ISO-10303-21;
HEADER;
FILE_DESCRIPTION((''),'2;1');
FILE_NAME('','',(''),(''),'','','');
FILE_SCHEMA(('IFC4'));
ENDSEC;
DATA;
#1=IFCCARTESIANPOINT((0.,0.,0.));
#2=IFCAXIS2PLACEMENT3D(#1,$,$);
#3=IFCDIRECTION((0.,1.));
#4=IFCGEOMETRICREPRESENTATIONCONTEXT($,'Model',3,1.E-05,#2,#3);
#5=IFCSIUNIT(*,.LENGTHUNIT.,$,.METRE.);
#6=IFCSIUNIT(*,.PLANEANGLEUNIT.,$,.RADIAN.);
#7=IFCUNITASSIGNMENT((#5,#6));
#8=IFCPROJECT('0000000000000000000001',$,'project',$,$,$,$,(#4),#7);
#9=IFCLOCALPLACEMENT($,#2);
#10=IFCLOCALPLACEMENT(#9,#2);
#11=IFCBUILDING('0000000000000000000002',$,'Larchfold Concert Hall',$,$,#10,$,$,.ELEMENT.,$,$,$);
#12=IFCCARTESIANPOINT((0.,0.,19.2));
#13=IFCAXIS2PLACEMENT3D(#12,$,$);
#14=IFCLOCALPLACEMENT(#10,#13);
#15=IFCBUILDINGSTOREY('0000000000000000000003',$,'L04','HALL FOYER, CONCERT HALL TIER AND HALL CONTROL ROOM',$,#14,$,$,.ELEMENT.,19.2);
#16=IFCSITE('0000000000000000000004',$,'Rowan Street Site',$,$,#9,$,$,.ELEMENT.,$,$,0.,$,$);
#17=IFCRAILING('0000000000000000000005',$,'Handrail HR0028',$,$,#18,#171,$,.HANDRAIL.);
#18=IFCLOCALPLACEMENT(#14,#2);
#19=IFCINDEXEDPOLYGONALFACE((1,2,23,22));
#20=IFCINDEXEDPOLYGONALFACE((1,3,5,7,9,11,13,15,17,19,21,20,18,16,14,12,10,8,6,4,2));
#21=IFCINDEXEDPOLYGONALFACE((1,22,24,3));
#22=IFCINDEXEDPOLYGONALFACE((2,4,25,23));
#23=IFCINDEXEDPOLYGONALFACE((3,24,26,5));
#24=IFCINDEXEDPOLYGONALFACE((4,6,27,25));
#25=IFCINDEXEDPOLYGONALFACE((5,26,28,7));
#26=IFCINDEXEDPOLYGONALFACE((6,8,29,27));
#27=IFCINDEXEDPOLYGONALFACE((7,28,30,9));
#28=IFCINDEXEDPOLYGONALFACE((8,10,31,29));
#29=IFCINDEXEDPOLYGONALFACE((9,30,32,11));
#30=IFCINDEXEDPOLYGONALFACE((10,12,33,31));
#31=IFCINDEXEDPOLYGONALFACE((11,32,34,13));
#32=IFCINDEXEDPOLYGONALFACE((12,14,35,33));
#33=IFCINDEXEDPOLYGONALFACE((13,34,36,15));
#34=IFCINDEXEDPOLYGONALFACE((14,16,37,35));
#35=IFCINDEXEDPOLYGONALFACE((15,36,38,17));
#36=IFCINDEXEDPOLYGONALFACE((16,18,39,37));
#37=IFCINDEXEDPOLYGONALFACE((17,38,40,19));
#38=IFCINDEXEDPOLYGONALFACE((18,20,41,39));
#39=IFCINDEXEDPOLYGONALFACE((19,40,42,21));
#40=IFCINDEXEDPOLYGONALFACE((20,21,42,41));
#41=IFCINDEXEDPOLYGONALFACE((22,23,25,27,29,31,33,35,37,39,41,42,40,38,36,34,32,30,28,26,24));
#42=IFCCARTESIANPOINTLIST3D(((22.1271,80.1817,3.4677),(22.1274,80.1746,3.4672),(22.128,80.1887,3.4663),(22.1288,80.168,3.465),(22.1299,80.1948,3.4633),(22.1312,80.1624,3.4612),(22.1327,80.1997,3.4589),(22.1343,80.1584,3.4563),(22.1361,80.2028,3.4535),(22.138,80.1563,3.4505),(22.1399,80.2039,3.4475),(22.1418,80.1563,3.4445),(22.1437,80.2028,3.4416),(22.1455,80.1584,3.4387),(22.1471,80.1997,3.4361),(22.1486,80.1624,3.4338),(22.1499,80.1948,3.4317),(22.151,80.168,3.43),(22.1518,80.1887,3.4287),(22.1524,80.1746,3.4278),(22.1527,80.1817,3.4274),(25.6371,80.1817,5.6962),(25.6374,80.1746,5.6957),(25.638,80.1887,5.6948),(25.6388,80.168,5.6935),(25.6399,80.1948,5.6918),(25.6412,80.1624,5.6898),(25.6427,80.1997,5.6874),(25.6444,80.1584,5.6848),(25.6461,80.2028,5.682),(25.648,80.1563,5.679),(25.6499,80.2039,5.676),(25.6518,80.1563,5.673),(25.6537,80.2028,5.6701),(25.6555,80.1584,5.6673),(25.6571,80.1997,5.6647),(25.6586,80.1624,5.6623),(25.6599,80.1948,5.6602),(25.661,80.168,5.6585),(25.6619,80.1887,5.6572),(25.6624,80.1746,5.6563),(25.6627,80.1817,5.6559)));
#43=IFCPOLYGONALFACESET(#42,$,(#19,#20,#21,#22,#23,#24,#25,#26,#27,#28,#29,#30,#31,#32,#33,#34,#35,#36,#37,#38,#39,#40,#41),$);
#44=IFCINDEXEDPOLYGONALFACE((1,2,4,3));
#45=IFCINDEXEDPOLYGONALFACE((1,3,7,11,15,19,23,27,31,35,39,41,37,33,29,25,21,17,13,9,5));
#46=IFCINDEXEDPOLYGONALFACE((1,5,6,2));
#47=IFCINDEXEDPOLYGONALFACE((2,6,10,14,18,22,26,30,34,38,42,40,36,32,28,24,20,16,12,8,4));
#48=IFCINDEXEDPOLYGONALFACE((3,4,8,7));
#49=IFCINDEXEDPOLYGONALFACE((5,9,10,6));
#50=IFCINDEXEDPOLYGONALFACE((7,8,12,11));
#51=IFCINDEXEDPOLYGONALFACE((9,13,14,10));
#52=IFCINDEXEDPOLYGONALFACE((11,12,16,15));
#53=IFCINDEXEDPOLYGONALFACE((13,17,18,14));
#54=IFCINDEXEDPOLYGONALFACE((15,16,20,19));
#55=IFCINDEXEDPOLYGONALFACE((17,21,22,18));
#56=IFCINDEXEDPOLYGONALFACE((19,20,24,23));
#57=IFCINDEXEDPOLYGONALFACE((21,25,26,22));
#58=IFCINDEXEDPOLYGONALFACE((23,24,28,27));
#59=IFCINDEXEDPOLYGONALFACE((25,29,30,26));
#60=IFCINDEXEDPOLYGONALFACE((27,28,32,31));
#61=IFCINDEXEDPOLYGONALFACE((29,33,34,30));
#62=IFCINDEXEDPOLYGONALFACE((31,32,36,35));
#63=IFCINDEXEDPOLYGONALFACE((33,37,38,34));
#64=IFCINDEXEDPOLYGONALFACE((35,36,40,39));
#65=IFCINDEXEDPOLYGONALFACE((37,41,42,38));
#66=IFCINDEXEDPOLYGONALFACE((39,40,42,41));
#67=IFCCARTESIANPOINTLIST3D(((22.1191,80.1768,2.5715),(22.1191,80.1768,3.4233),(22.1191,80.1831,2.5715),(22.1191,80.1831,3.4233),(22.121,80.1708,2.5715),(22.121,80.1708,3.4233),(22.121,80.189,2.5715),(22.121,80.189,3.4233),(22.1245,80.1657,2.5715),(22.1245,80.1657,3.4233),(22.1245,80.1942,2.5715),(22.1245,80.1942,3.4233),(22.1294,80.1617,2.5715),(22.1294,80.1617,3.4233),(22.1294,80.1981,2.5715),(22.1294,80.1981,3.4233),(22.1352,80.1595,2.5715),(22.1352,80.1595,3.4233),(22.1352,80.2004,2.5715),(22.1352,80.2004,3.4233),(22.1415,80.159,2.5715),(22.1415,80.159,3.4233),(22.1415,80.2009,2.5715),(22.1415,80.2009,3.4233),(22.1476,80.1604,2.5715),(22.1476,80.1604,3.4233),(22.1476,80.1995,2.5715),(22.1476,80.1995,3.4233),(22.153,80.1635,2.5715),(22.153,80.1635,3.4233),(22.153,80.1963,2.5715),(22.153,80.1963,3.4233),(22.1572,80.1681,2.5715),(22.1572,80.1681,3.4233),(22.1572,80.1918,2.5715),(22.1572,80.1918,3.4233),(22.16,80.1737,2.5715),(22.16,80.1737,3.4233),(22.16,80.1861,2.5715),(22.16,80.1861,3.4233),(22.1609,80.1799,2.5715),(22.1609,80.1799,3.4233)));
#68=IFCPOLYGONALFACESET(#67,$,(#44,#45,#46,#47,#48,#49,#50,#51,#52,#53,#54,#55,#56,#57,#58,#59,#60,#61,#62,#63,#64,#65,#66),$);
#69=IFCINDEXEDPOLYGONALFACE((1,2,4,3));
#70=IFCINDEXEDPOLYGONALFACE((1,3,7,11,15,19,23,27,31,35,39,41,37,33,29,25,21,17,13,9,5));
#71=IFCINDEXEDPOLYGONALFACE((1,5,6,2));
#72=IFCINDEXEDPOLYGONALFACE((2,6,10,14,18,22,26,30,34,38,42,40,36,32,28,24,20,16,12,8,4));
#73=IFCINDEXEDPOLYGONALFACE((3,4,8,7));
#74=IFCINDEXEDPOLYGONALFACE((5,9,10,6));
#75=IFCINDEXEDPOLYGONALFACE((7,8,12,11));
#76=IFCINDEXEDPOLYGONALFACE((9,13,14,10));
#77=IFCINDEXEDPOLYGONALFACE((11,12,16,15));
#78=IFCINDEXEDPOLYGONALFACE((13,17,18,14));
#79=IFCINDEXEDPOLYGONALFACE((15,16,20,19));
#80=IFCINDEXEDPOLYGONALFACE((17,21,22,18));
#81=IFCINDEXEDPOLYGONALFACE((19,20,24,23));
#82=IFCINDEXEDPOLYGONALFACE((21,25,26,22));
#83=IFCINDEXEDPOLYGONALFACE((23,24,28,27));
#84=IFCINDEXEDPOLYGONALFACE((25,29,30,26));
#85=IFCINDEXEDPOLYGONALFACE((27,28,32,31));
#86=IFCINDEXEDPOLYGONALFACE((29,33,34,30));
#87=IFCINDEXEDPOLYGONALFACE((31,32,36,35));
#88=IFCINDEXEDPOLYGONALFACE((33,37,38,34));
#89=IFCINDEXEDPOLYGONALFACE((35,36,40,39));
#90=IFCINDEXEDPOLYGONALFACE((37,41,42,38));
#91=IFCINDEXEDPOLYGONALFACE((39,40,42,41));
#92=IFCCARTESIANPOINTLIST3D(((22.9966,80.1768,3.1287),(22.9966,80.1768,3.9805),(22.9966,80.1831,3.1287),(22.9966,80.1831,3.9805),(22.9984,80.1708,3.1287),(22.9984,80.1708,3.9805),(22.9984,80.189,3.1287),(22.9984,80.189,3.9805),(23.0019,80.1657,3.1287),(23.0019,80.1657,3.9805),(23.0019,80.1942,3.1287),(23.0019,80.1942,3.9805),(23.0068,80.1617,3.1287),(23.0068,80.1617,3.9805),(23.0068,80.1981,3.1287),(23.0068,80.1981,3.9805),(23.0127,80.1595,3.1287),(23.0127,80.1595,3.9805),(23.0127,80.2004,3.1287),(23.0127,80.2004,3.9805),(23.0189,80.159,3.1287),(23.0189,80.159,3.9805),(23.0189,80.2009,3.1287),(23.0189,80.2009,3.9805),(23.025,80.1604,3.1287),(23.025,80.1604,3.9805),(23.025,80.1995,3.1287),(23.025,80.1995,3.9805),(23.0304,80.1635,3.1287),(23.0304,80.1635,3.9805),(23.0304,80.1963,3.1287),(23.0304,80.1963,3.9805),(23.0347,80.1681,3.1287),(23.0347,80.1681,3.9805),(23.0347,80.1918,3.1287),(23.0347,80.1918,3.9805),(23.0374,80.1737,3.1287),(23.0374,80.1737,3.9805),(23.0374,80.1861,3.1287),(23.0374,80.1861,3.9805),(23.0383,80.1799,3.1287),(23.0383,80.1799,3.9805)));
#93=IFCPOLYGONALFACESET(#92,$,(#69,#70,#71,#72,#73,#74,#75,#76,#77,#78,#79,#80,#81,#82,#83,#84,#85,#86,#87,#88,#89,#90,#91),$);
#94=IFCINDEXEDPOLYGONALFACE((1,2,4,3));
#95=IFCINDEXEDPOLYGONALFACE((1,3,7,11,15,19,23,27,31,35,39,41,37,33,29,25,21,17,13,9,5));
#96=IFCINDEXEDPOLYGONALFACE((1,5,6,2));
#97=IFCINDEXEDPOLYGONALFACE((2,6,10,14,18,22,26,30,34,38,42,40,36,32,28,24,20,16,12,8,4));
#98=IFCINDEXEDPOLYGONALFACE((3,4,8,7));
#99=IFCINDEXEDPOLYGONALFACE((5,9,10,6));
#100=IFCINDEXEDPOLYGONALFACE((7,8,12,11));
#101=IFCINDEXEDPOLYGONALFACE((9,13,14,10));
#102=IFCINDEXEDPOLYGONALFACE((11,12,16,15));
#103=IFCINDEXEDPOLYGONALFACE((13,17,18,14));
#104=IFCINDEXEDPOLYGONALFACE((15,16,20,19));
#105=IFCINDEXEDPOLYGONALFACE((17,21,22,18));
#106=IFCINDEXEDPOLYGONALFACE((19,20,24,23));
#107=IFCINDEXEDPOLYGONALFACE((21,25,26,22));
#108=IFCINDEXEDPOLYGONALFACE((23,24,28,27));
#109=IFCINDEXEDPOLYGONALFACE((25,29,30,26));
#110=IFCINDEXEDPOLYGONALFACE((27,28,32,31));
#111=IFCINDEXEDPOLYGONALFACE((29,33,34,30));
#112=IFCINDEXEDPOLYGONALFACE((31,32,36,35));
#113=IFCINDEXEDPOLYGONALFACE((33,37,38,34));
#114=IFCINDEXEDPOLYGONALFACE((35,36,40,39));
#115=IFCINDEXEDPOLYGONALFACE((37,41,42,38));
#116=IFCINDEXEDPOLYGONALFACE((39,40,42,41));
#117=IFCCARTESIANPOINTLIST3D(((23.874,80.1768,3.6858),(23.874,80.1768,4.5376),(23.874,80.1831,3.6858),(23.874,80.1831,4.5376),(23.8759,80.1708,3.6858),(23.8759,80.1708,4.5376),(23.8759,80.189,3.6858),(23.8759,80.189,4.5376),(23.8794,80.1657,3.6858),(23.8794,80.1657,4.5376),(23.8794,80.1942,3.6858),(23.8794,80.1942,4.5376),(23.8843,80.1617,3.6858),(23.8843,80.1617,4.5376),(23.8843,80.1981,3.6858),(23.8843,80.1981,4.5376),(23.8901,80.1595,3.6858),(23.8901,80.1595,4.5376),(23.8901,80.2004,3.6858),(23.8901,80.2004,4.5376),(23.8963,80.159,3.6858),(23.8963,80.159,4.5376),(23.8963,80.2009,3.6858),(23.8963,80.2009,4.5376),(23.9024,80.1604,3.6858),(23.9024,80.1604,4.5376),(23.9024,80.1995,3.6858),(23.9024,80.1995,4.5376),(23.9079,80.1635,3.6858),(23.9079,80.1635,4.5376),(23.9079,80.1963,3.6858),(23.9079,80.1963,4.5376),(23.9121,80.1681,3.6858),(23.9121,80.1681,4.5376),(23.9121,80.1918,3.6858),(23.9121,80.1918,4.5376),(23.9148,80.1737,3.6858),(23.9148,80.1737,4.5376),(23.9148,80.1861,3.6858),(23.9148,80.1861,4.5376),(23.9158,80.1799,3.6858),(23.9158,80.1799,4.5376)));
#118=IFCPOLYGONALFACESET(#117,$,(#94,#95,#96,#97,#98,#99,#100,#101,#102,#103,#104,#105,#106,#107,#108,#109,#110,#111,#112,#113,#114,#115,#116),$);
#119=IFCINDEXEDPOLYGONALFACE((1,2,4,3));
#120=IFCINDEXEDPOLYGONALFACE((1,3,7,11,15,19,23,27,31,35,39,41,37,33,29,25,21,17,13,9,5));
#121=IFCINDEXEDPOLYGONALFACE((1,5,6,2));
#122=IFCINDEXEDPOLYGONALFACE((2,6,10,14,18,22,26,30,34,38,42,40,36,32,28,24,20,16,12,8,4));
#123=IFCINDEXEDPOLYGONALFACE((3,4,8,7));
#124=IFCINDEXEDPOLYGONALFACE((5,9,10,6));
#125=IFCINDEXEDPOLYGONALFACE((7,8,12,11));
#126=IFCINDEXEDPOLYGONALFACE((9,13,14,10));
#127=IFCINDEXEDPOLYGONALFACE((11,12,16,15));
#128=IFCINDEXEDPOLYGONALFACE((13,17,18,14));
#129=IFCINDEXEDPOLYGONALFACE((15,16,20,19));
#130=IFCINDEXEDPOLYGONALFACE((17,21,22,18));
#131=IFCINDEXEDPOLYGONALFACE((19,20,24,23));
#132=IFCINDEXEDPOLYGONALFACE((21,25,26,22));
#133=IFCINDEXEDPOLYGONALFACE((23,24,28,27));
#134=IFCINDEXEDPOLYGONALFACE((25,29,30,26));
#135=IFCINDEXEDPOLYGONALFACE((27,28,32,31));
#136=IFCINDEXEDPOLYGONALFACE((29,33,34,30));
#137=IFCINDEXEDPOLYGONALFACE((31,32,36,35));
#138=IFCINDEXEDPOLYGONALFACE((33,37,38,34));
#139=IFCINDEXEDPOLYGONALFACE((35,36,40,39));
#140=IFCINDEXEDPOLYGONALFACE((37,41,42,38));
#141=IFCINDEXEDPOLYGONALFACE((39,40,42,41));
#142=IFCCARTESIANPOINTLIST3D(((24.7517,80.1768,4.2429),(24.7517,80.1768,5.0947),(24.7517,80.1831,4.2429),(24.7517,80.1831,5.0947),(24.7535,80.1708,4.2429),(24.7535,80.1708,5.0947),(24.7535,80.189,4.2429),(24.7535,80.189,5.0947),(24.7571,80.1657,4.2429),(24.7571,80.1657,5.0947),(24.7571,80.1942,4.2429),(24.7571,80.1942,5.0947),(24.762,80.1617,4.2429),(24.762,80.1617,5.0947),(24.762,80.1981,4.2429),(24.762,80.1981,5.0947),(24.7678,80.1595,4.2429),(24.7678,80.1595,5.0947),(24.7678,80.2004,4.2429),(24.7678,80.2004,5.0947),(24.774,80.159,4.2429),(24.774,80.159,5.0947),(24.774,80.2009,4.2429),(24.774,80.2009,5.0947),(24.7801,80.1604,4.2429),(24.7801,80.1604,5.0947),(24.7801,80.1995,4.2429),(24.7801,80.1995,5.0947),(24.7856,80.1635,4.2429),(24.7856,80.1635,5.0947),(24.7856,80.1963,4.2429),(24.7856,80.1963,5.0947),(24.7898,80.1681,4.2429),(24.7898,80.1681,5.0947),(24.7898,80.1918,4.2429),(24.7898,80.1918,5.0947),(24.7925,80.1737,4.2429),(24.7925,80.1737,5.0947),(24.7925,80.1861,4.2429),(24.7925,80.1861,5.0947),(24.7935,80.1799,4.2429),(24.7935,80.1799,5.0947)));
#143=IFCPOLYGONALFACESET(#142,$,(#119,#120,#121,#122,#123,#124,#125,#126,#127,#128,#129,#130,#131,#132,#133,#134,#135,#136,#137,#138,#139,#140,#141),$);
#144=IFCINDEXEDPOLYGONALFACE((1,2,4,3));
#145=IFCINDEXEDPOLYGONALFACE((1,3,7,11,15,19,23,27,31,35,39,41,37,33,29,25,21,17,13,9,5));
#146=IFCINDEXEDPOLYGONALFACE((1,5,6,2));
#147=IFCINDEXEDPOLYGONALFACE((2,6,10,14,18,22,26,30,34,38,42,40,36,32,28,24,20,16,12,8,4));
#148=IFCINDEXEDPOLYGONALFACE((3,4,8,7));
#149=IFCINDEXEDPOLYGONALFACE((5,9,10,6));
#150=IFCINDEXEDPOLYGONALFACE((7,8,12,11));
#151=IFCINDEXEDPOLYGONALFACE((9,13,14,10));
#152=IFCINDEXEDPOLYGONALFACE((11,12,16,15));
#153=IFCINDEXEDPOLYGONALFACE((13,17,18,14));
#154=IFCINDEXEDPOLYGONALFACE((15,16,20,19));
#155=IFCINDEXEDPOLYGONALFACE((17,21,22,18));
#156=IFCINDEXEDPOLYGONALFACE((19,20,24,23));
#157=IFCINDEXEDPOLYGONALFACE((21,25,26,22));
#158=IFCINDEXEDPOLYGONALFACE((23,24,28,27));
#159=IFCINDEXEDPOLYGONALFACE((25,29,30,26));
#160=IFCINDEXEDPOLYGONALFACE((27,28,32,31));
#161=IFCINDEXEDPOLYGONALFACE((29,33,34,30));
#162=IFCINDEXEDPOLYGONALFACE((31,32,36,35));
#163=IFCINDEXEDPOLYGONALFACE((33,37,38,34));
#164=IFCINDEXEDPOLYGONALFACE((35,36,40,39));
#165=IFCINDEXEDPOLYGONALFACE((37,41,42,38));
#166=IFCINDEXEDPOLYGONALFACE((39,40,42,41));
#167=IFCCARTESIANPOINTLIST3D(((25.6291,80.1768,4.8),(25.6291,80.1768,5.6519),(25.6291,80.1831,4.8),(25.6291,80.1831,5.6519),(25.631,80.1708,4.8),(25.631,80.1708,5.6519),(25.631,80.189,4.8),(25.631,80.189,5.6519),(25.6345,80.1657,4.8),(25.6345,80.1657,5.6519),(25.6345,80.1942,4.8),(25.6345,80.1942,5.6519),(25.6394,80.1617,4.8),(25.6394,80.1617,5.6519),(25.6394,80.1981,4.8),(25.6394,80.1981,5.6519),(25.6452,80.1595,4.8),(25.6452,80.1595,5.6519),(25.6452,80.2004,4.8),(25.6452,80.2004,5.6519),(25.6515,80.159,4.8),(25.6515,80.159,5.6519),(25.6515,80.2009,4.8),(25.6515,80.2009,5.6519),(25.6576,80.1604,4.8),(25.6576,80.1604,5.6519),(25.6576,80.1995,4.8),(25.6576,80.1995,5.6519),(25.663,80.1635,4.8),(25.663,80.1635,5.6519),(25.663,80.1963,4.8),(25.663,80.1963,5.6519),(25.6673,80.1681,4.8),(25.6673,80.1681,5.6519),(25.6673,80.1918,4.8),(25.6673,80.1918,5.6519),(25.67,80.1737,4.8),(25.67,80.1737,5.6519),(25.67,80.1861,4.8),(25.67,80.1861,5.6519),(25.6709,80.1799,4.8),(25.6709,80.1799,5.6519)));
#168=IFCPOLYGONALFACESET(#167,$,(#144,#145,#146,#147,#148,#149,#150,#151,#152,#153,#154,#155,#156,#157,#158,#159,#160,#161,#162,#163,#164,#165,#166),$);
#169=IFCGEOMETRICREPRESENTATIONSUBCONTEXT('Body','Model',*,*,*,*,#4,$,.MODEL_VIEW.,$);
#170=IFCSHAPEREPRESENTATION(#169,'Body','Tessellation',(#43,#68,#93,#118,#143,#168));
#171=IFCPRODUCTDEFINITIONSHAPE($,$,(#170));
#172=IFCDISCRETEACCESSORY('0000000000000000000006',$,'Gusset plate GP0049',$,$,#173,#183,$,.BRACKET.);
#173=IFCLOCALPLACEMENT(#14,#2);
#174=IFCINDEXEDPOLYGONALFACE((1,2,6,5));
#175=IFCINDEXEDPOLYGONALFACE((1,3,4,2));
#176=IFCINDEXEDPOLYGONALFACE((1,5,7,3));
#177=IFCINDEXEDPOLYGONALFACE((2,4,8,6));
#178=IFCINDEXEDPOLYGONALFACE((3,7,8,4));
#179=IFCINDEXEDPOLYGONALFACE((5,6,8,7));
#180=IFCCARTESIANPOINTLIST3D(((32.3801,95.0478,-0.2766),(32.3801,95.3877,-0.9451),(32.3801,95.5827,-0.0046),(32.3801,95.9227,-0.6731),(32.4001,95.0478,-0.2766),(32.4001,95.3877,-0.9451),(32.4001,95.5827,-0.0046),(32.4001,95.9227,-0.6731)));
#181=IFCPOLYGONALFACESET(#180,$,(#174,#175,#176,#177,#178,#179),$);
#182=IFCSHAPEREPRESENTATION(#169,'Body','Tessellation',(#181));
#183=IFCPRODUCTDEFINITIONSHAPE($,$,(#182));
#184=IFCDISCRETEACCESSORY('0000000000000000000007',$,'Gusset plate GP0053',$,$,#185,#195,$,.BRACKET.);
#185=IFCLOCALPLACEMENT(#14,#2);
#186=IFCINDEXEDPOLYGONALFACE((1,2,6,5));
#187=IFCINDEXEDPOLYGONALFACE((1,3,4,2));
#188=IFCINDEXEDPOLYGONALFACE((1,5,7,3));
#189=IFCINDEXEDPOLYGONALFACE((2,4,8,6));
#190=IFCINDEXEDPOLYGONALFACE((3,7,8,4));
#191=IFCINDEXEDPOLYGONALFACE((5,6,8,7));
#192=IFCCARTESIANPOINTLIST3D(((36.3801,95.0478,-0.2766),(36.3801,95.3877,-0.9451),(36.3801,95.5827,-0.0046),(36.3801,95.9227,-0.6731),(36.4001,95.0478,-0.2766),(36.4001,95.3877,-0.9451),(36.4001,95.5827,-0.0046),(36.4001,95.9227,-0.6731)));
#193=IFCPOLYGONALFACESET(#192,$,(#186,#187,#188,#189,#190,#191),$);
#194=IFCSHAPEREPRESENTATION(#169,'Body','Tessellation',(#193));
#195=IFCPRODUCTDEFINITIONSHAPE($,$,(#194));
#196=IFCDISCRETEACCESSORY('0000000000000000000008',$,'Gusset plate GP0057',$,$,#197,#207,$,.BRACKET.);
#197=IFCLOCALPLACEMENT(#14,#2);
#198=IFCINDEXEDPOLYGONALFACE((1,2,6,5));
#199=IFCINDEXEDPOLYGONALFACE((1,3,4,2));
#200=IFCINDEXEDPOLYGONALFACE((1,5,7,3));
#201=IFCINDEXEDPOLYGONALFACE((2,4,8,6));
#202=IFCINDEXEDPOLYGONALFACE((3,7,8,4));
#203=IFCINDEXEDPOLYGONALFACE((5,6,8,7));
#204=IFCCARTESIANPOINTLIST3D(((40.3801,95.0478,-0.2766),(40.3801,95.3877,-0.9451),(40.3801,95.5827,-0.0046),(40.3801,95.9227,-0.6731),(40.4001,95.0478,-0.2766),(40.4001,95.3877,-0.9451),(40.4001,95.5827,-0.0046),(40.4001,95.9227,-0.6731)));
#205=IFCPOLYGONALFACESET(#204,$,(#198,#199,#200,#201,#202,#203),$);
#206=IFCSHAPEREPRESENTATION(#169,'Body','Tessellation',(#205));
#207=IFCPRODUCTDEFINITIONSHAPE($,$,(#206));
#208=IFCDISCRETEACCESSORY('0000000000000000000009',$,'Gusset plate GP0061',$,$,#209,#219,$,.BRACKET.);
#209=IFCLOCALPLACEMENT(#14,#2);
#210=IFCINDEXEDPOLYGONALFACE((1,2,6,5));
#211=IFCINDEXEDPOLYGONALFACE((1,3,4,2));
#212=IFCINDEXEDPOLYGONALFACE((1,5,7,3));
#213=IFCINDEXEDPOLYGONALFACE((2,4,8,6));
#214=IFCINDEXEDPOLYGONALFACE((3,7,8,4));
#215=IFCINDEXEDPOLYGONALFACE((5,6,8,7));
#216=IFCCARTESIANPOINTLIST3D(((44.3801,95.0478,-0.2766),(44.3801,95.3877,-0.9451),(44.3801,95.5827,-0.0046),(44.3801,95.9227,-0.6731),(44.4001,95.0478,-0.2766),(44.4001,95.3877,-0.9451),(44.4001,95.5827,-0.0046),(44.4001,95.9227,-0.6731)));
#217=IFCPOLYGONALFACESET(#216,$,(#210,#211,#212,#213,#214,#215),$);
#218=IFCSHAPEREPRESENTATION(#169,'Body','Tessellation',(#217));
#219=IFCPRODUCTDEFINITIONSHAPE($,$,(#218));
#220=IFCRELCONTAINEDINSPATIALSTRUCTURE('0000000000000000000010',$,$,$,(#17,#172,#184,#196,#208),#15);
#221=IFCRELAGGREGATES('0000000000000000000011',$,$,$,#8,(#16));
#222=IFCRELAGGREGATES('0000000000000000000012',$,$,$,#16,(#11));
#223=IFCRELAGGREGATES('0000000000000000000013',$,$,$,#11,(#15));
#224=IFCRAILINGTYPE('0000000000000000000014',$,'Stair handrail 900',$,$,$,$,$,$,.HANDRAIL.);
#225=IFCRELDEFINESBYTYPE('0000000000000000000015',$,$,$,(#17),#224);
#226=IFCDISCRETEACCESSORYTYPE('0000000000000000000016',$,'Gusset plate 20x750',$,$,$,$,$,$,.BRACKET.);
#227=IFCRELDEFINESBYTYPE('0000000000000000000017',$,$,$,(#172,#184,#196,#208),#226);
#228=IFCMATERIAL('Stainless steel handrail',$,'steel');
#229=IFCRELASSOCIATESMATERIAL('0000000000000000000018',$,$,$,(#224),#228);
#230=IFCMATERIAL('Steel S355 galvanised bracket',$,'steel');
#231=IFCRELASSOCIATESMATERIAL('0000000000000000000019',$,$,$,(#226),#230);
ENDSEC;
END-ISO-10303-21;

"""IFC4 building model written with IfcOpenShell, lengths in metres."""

from ifc_helpers import new_model, si_unit, direction, frame, origin, origin_2d, place, context, subcontext, project, spatial, rectangle, circle, extrude, material, material_profile, profile_set, type_object, element, save


model = new_model("IFC4")

# Units and contexts
model_context = context("Model", 3, precision=1e-05, world=origin(), true_north=direction((0.0, 1.0)))
body_context = subcontext(model_context, "Body", "Model", "MODEL_VIEW")
ifc_project = project(units=[si_unit("LENGTHUNIT", "METRE"), si_unit("PLANEANGLEUNIT", "RADIAN")], contexts=[model_context])

# Site, building, storey
site_placement = place(None, origin())
site = spatial("IfcSite", under=ifc_project, at=site_placement, Name="Rowan Street Site", CompositionType="ELEMENT", RefElevation=0.0)
building_placement = place(site_placement, origin())
building = spatial("IfcBuilding", under=site, at=building_placement, Name="Larchfold Concert Hall", CompositionType="ELEMENT")
storey_placement = place(building_placement, frame((0.0, 0.0, 19.2)))
storey = spatial("IfcBuildingStorey", under=building, at=storey_placement, Name="L04", Description="HALL FOYER, CONCERT HALL TIER AND HALL CONTROL ROOM", CompositionType="ELEMENT", Elevation=19.2)

# Railing
ifc_material_1 = material(Name="Stainless steel handrail", Category="steel")
railing_type_1 = type_object("IfcRailingType", Name="Stair handrail 900", PredefinedType="HANDRAIL", material=ifc_material_1)
railing_1_placement = place(storey_placement, frame((22.1399, 80.1799, 2.5715)))
element("IfcRailing", 1, at=railing_1_placement, inside=storey, type_object=railing_type_1, Name="Handrail HR0028", PredefinedType="HANDRAIL", context=body_context, shape_type="SweptSolid", body=[
    extrude(circle(Radius=0.0239, at=origin_2d()), frame((0.0, 0.0, 0.876), z_axis=(0.84422, 0.0, 0.535998), x_axis=(0.0, 1.0, 0.0)), (0.0, 0.0, 1.0), 4.1577),
    extrude(circle(Radius=0.021, at=origin_2d()), origin(), (0.0, 0.0, 1.0), 0.8518),
    extrude(circle(Radius=0.021, at=origin_2d()), frame((0.8774, 0.0, 0.5571)), (0.0, 0.0, 1.0), 0.8518),
    extrude(circle(Radius=0.021, at=origin_2d()), frame((1.7549, 0.0, 1.1143)), (0.0, 0.0, 1.0), 0.8518),
    extrude(circle(Radius=0.021, at=origin_2d()), frame((2.6326, 0.0, 1.6714)), (0.0, 0.0, 1.0), 0.8518),
    extrude(circle(Radius=0.021, at=origin_2d()), frame((3.51, 0.0, 2.2285)), (0.0, 0.0, 1.0), 0.8518),
])

# Discrete accessories
ifc_material_2 = material(Name="Steel S355 galvanised bracket", Category="steel")
ifc_material_profile_1 = material_profile(ifc_material_2, rectangle(XDim=0.02, YDim=0.75, at=origin_2d()))
ifc_profile_set_1 = profile_set([ifc_material_profile_1], Name="Steel S355 galvanised bracket")
discrete_accessory_type = type_object("IfcDiscreteAccessoryType", Name="Gusset plate 20x750", PredefinedType="BRACKET", material=ifc_profile_set_1)
for number, where, z_axis, x_axis, name in (
    (2, (32.3901, 95.2178, -0.6108), (0.0, 0.891396, 0.453225), (-1.0, 0.0, 0.0), "Gusset plate GP0049"),
    (3, (36.3901, 95.2178, -0.6108), (0.0, 0.891396, 0.453225), (-1.0, 0.0, 0.0), "Gusset plate GP0053"),
    (4, (40.3901, 95.2178, -0.6108), (0.0, 0.891396, 0.453225), (-1.0, 0.0, 0.0), "Gusset plate GP0057"),
    (5, (44.3901, 95.2178, -0.6108), (0.0, 0.891396, 0.453225), (-1.0, 0.0, 0.0), "Gusset plate GP0061"),
):
    element("IfcDiscreteAccessory", number, at=place(storey_placement, frame(where, z_axis=z_axis, x_axis=x_axis)), inside=storey, type_object=discrete_accessory_type, Name=name, PredefinedType="BRACKET", context=body_context, shape_type="SweptSolid", body=[
        extrude(rectangle(XDim=0.02, YDim=0.75, at=origin_2d()), origin(), (0.0, 0.0, 1.0), 0.6001),
    ])

save(model, "model.ifc")
